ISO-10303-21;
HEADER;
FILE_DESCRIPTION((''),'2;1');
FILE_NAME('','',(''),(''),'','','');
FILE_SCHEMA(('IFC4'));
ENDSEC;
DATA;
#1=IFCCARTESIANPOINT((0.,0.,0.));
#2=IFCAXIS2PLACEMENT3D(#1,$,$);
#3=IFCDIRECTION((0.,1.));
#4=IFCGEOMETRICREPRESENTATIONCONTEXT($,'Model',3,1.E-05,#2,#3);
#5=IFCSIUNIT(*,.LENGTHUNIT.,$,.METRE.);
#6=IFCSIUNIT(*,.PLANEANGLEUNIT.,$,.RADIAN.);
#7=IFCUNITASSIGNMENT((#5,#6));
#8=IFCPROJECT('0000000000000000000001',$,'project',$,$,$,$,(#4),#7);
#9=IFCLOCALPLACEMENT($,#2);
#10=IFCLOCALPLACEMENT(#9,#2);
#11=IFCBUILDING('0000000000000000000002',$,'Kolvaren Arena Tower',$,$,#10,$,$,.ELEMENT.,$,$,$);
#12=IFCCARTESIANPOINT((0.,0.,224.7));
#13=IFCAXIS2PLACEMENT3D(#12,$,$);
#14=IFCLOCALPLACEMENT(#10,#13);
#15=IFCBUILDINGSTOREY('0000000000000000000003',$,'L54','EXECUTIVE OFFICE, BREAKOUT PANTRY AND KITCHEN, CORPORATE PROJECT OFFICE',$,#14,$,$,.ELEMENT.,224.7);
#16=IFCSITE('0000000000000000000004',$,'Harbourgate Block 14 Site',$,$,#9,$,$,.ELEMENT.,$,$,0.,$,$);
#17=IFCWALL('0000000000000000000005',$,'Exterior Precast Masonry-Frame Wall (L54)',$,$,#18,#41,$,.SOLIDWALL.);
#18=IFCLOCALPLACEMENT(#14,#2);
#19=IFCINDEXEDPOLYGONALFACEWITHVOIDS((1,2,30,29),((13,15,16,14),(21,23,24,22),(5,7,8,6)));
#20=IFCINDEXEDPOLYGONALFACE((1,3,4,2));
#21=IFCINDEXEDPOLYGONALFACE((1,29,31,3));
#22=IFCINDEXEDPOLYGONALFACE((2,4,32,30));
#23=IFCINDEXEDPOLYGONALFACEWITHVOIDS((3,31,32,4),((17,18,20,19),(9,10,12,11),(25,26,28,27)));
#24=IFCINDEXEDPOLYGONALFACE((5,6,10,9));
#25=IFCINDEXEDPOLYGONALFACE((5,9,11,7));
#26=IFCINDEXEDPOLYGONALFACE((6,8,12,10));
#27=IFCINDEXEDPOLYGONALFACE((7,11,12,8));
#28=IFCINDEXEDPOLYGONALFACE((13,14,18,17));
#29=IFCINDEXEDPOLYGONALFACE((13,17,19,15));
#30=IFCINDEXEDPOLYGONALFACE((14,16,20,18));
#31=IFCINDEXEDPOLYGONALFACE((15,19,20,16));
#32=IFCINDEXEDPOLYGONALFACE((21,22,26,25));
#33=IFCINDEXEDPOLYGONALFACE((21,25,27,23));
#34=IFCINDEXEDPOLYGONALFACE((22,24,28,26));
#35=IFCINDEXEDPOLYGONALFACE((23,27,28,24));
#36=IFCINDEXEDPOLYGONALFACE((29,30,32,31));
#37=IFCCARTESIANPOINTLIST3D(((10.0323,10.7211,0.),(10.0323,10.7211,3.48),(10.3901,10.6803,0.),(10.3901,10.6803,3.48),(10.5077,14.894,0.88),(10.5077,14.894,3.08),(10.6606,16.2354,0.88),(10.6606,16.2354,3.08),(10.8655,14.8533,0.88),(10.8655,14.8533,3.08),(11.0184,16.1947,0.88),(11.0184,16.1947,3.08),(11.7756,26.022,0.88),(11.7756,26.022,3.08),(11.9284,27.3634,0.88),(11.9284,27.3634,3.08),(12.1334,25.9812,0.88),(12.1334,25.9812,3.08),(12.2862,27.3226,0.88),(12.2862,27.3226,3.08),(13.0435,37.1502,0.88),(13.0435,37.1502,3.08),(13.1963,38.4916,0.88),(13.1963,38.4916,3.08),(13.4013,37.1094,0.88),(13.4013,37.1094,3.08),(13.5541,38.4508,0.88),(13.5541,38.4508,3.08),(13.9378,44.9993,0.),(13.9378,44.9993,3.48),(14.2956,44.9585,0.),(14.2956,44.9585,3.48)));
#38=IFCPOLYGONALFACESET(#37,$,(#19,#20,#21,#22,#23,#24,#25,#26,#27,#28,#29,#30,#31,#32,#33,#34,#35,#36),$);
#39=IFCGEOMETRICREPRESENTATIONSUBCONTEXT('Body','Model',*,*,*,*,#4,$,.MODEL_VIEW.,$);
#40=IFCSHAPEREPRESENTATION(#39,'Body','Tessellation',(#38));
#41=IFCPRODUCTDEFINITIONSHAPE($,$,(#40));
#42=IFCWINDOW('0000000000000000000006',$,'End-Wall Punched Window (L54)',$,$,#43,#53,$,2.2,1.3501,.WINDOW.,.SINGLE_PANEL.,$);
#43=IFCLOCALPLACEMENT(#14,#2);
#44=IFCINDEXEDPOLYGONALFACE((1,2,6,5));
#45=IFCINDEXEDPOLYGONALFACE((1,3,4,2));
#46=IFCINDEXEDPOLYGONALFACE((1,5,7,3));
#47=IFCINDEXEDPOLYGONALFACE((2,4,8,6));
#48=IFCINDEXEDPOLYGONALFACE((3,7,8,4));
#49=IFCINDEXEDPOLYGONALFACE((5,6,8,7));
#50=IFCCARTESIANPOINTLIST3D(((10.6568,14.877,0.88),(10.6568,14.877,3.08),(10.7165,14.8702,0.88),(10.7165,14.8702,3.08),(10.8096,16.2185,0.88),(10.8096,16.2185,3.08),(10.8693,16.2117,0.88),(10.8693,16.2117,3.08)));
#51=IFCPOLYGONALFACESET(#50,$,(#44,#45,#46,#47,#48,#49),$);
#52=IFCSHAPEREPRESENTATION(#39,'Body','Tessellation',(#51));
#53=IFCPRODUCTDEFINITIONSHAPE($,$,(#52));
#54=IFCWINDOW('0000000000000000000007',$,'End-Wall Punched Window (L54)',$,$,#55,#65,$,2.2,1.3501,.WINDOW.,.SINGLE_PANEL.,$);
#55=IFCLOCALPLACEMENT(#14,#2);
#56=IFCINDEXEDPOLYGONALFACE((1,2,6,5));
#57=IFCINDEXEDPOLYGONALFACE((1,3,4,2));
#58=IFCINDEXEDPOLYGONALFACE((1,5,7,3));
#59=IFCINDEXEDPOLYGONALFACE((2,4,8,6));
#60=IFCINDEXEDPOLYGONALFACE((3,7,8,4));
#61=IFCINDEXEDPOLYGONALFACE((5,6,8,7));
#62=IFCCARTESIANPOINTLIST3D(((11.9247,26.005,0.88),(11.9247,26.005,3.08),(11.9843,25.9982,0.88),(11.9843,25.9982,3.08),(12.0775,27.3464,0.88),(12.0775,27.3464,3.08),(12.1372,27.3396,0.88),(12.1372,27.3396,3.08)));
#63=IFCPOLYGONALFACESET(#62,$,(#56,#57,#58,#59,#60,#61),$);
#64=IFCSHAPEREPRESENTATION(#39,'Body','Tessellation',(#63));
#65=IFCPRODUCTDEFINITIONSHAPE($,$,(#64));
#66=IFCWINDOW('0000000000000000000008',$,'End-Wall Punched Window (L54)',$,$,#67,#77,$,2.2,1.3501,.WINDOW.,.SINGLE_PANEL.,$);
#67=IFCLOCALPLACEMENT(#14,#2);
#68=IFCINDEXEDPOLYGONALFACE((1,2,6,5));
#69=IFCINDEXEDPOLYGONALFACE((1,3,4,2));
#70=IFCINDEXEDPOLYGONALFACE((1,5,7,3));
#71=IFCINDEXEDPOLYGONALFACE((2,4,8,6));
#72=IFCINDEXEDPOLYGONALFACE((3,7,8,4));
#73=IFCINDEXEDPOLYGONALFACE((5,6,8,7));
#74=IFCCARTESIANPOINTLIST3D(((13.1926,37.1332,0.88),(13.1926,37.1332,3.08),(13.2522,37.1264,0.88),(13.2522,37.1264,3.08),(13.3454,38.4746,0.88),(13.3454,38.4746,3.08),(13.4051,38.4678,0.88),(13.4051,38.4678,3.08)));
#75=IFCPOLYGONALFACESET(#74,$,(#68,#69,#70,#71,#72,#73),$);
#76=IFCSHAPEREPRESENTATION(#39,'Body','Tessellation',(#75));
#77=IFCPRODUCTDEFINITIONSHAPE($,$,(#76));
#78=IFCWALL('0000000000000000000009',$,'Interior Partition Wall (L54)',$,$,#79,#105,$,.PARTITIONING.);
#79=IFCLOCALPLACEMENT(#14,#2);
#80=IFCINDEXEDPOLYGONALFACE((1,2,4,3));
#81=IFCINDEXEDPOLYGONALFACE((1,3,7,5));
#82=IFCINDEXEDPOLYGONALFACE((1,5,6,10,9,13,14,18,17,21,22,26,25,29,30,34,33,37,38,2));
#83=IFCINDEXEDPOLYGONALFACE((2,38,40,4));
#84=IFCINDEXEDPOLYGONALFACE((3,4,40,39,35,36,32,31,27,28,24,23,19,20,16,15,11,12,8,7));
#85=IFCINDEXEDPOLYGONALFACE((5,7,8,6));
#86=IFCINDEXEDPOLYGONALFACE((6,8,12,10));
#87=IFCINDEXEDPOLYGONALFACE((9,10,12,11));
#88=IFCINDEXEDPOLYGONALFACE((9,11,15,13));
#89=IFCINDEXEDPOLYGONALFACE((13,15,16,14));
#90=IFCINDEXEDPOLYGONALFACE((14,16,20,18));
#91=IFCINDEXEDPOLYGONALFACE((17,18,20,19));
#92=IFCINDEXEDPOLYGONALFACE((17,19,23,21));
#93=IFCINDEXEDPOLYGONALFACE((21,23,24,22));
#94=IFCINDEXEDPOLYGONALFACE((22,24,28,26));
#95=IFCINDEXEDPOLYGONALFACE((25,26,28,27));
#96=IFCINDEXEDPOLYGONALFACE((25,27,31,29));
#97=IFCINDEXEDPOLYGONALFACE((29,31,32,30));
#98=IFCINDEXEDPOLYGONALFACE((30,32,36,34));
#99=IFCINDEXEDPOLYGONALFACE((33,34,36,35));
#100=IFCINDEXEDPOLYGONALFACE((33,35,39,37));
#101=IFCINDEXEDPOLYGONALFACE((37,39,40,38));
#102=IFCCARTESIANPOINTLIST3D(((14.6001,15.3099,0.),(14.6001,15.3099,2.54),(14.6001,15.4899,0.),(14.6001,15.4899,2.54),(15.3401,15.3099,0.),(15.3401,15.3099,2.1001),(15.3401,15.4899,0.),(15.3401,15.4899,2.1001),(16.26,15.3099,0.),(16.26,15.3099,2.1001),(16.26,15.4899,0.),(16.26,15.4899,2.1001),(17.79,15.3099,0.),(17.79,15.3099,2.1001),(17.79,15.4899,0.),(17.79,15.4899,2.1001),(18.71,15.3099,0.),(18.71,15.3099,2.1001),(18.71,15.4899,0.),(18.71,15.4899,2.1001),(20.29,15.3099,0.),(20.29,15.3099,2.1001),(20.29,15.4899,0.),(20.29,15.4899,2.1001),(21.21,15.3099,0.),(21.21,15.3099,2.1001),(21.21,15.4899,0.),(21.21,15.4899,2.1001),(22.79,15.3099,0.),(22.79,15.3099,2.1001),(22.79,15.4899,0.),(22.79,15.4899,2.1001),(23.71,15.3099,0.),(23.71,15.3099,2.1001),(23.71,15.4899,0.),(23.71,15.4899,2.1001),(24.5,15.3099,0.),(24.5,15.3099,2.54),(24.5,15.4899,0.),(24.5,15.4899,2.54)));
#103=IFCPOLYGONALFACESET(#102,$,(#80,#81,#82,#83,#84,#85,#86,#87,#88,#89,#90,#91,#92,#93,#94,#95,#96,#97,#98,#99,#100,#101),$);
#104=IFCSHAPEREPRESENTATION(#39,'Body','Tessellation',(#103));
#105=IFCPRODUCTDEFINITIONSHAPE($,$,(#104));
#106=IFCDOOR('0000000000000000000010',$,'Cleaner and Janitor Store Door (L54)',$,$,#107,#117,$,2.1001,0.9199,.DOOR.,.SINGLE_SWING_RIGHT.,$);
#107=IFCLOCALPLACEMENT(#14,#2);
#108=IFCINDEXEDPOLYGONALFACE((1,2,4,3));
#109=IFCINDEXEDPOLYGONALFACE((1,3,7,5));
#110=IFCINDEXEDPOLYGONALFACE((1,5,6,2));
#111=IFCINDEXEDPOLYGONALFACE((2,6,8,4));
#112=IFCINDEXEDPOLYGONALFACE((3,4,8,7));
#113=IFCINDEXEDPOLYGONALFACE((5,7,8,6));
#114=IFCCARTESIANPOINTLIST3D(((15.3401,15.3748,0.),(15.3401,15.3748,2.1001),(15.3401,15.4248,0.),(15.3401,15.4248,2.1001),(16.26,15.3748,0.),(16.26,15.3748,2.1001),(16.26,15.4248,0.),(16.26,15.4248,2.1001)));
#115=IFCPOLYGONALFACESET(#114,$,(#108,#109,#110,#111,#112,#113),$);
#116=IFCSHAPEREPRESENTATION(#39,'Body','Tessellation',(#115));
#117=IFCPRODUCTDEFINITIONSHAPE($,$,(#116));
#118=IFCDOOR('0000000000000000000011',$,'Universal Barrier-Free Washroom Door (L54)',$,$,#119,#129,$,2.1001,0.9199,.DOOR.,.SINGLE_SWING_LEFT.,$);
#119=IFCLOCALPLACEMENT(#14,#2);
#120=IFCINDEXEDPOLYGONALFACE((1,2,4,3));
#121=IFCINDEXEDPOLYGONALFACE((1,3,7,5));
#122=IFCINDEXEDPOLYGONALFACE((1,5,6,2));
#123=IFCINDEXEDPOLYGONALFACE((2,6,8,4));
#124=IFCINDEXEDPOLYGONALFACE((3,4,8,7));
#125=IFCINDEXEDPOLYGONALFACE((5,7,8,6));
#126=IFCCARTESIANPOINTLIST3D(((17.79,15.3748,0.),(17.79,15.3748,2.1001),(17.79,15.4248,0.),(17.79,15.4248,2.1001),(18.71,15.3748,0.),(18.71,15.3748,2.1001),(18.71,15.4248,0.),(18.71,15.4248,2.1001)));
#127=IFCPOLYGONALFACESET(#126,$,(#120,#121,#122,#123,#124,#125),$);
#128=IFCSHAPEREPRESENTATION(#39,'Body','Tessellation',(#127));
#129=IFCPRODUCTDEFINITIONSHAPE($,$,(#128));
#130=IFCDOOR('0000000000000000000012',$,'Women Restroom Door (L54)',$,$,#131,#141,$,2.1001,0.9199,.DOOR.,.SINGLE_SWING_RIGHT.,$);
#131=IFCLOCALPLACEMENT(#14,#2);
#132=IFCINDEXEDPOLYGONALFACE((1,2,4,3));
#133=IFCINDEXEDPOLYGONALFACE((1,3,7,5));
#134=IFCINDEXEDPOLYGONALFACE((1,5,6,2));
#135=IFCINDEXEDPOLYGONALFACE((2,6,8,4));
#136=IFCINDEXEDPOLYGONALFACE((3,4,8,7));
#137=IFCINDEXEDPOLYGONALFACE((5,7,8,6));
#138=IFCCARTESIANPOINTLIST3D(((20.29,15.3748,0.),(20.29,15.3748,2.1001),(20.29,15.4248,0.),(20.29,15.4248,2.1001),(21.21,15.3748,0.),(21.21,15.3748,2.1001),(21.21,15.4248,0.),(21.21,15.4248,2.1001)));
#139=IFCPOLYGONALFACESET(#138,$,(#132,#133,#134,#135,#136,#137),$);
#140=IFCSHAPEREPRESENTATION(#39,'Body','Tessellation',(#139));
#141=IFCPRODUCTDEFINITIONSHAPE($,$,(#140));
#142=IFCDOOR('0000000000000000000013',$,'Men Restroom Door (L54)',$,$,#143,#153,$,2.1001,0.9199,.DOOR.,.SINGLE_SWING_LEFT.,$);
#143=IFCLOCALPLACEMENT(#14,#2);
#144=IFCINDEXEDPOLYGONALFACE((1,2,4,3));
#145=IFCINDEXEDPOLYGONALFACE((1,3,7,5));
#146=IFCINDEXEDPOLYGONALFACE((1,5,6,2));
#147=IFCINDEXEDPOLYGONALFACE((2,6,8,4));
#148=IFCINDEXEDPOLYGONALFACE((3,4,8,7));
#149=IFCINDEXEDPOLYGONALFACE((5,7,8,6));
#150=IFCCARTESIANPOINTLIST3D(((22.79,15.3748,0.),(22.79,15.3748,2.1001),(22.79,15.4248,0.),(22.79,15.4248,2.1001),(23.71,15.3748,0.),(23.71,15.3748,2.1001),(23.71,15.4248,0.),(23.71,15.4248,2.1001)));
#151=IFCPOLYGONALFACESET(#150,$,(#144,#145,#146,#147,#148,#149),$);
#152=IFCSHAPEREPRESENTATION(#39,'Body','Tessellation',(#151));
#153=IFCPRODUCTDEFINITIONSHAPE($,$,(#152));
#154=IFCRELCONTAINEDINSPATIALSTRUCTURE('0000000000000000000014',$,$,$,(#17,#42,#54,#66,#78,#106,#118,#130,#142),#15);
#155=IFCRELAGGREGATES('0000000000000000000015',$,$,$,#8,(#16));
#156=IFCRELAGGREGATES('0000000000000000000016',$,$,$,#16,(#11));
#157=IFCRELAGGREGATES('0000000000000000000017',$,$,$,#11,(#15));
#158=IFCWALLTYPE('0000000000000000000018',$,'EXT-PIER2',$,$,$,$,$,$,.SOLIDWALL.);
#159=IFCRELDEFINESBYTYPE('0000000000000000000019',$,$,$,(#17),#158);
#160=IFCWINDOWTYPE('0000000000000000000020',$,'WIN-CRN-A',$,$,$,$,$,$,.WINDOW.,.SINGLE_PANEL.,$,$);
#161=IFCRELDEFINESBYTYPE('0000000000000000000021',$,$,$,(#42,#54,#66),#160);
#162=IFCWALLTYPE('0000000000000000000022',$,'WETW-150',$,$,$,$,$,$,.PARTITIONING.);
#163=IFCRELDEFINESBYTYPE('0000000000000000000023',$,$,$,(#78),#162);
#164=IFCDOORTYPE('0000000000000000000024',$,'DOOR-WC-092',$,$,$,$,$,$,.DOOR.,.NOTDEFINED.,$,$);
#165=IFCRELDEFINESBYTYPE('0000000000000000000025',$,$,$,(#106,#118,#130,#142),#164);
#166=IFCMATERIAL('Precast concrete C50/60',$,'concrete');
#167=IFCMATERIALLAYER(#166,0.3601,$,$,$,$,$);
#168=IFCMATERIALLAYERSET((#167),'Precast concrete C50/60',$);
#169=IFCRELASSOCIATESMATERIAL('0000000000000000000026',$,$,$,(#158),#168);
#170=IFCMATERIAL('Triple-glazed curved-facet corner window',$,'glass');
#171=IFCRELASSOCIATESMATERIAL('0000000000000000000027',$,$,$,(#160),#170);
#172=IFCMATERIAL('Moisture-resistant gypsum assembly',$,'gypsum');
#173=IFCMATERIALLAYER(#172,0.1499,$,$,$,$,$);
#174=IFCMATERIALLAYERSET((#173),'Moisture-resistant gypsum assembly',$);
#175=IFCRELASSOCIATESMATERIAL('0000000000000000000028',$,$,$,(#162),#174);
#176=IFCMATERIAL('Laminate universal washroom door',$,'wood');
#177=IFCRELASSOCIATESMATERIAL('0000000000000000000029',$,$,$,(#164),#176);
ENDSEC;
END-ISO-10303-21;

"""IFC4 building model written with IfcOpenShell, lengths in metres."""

from ifc_helpers import new_model, si_unit, direction, frame, frame_2d, origin, place, context, subcontext, project, spatial, rectangle, extrude, material, layer, layer_set, type_object, element, fill, save


model = new_model("IFC4")

# Units and contexts
model_context = context("Model", 3, precision=1e-05, world=origin(), true_north=direction((0.0, 1.0)))
body_context = subcontext(model_context, "Body", "Model", "MODEL_VIEW")
ifc_project = project(units=[si_unit("LENGTHUNIT", "METRE"), si_unit("PLANEANGLEUNIT", "RADIAN")], contexts=[model_context])

# Site, building, storey
site_placement = place(None, origin())
site = spatial("IfcSite", under=ifc_project, at=site_placement, Name="Harbourgate Block 14 Site", CompositionType="ELEMENT", RefElevation=0.0)
building_placement = place(site_placement, origin())
building = spatial("IfcBuilding", under=site, at=building_placement, Name="Kolvaren Arena Tower", CompositionType="ELEMENT")
storey_placement = place(building_placement, frame((0.0, 0.0, 224.7)))
storey = spatial("IfcBuildingStorey", under=building, at=storey_placement, Name="L54", Description="EXECUTIVE OFFICE, BREAKOUT PANTRY AND KITCHEN, CORPORATE PROJECT OFFICE", CompositionType="ELEMENT", Elevation=224.7)

# Wall, openings, windows
ifc_material_1 = material(Name="Precast concrete C50/60", Category="concrete")
ifc_layer_1 = layer(ifc_material_1, 0.3601)
ifc_layer_set_1 = layer_set([ifc_layer_1], Name="Precast concrete C50/60")
wall_type_1 = type_object("IfcWallType", Name="EXT-PIER2", PredefinedType="SOLIDWALL", material=ifc_layer_set_1)
wall_1_placement = place(storey_placement, frame((10.2112, 10.7007, 0.0), z_axis=(0.0, 0.0, 1.0), x_axis=(0.113203, 0.993572, 0.0)))
wall_1 = element("IfcWall", 1, at=wall_1_placement, inside=storey, type_object=wall_type_1, Name="Exterior Precast Masonry-Frame Wall (L54)", PredefinedType="SOLIDWALL", context=body_context, shape_type="SweptSolid", body=[
    extrude(rectangle(XDim=34.5, YDim=0.3601, at=frame_2d((17.25, 0.0))), origin(), (0.0, 0.0, 1.0), 3.48),
])
opening_1_placement = place(wall_1_placement, frame((4.2, 0.0, 0.8799)))
opening_1 = element("IfcOpeningElement", 2, at=opening_1_placement, cuts=wall_1, PredefinedType="OPENING", context=body_context, shape_type="SweptSolid", body=[
    extrude(rectangle(XDim=1.3501, YDim=2.2, at=frame_2d((0.675, 1.1001))), frame((0.0, 0.1899, 0.0), z_axis=(0.0, -1.0, 0.0), x_axis=(1.0, 0.0, 0.0)), (0.0, 0.0, 1.0), 0.3801),
])
opening_2_placement = place(wall_1_placement, frame((15.3999, 0.0, 0.8799)))
opening_2 = element("IfcOpeningElement", 3, at=opening_2_placement, cuts=wall_1, PredefinedType="OPENING", context=body_context, shape_type="SweptSolid", body=[
    extrude(rectangle(XDim=1.3501, YDim=2.2, at=frame_2d((0.675, 1.1001))), frame((0.0, 0.1899, 0.0), z_axis=(0.0, -1.0, 0.0), x_axis=(1.0, 0.0, 0.0)), (0.0, 0.0, 1.0), 0.3801),
])
opening_3_placement = place(wall_1_placement, frame((26.6001, 0.0, 0.8799)))
opening_3 = element("IfcOpeningElement", 4, at=opening_3_placement, cuts=wall_1, PredefinedType="OPENING", context=body_context, shape_type="SweptSolid", body=[
    extrude(rectangle(XDim=1.3501, YDim=2.2, at=frame_2d((0.675, 1.1001))), frame((0.0, 0.1899, 0.0), z_axis=(0.0, -1.0, 0.0), x_axis=(1.0, 0.0, 0.0)), (0.0, 0.0, 1.0), 0.3801),
])
ifc_material_2 = material(Name="Triple-glazed curved-facet corner window", Category="glass")
window_type = type_object("IfcWindowType", Name="WIN-CRN-A", PartitioningType="SINGLE_PANEL", PredefinedType="WINDOW", material=ifc_material_2)
window_1_placement = place(opening_1_placement, origin())
window_1 = element("IfcWindow", 5, at=window_1_placement, inside=storey, type_object=window_type, Name="End-Wall Punched Window (L54)", OverallHeight=2.2, OverallWidth=1.3501, PartitioningType="SINGLE_PANEL", PredefinedType="WINDOW", context=body_context, shape_type="SweptSolid", body=[
    extrude(rectangle(XDim=1.3501, YDim=2.2, at=frame_2d((0.675, 1.1001))), frame((0.0, 0.03, 0.0), z_axis=(0.0, -1.0, 0.0), x_axis=(1.0, 0.0, 0.0)), (0.0, 0.0, 1.0), 0.0601),
])
fill(opening_1, window_1)
window_2_placement = place(opening_2_placement, origin())
window_2 = element("IfcWindow", 6, at=window_2_placement, inside=storey, type_object=window_type, Name="End-Wall Punched Window (L54)", OverallHeight=2.2, OverallWidth=1.3501, PartitioningType="SINGLE_PANEL", PredefinedType="WINDOW", context=body_context, shape_type="SweptSolid", body=[
    extrude(rectangle(XDim=1.3501, YDim=2.2, at=frame_2d((0.675, 1.1001))), frame((0.0, 0.03, 0.0), z_axis=(0.0, -1.0, 0.0), x_axis=(1.0, 0.0, 0.0)), (0.0, 0.0, 1.0), 0.0601),
])
fill(opening_2, window_2)
window_3_placement = place(opening_3_placement, origin())
window_3 = element("IfcWindow", 7, at=window_3_placement, inside=storey, type_object=window_type, Name="End-Wall Punched Window (L54)", OverallHeight=2.2, OverallWidth=1.3501, PartitioningType="SINGLE_PANEL", PredefinedType="WINDOW", context=body_context, shape_type="SweptSolid", body=[
    extrude(rectangle(XDim=1.3501, YDim=2.2, at=frame_2d((0.675, 1.1001))), frame((0.0, 0.03, 0.0), z_axis=(0.0, -1.0, 0.0), x_axis=(1.0, 0.0, 0.0)), (0.0, 0.0, 1.0), 0.0601),
])
fill(opening_3, window_3)

# Wall, openings, doors
ifc_material_3 = material(Name="Moisture-resistant gypsum assembly", Category="gypsum")
ifc_layer_2 = layer(ifc_material_3, 0.1499)
ifc_layer_set_2 = layer_set([ifc_layer_2], Name="Moisture-resistant gypsum assembly")
wall_type_2 = type_object("IfcWallType", Name="WETW-150", PredefinedType="PARTITIONING", material=ifc_layer_set_2)
wall_2_placement = place(storey_placement, frame((14.6001, 15.3999, 0.0), z_axis=(0.0, 0.0, 1.0), x_axis=(1.0, 0.0, 0.0)))
wall_2 = element("IfcWall", 8, at=wall_2_placement, inside=storey, type_object=wall_type_2, Name="Interior Partition Wall (L54)", PredefinedType="PARTITIONING", context=body_context, shape_type="SweptSolid", body=[
    extrude(rectangle(XDim=9.8999, YDim=0.1799, at=frame_2d((4.95, 0.0))), origin(), (0.0, 0.0, 1.0), 2.54),
])
opening_4_placement = place(wall_2_placement, frame((0.74, 0.0, 0.0)))
opening_4 = element("IfcOpeningElement", 9, at=opening_4_placement, cuts=wall_2, PredefinedType="OPENING", context=body_context, shape_type="SweptSolid", body=[
    extrude(rectangle(XDim=0.9199, YDim=2.1001, at=frame_2d((0.46, 1.05))), frame((0.0, 0.0999, 0.0), z_axis=(0.0, -1.0, 0.0), x_axis=(1.0, 0.0, 0.0)), (0.0, 0.0, 1.0), 0.2),
])
opening_5_placement = place(wall_2_placement, frame((3.1899, 0.0, 0.0)))
opening_5 = element("IfcOpeningElement", 10, at=opening_5_placement, cuts=wall_2, PredefinedType="OPENING", context=body_context, shape_type="SweptSolid", body=[
    extrude(rectangle(XDim=0.9199, YDim=2.1001, at=frame_2d((0.46, 1.05))), frame((0.0, 0.0999, 0.0), z_axis=(0.0, -1.0, 0.0), x_axis=(1.0, 0.0, 0.0)), (0.0, 0.0, 1.0), 0.2),
])
opening_6_placement = place(wall_2_placement, frame((5.6899, 0.0, 0.0)))
opening_6 = element("IfcOpeningElement", 11, at=opening_6_placement, cuts=wall_2, PredefinedType="OPENING", context=body_context, shape_type="SweptSolid", body=[
    extrude(rectangle(XDim=0.9199, YDim=2.1001, at=frame_2d((0.46, 1.05))), frame((0.0, 0.0999, 0.0), z_axis=(0.0, -1.0, 0.0), x_axis=(1.0, 0.0, 0.0)), (0.0, 0.0, 1.0), 0.2),
])
opening_7_placement = place(wall_2_placement, frame((8.1899, 0.0, 0.0)))
opening_7 = element("IfcOpeningElement", 12, at=opening_7_placement, cuts=wall_2, PredefinedType="OPENING", context=body_context, shape_type="SweptSolid", body=[
    extrude(rectangle(XDim=0.9199, YDim=2.1001, at=frame_2d((0.46, 1.05))), frame((0.0, 0.0999, 0.0), z_axis=(0.0, -1.0, 0.0), x_axis=(1.0, 0.0, 0.0)), (0.0, 0.0, 1.0), 0.2),
])
ifc_material_4 = material(Name="Laminate universal washroom door", Category="wood")
door_type_1 = type_object("IfcDoorType", Name="DOOR-WC-092", OperationType="NOTDEFINED", PredefinedType="DOOR", material=ifc_material_4)
door_1_placement = place(opening_4_placement, origin())
door_1 = element("IfcDoor", 13, at=door_1_placement, inside=storey, type_object=door_type_1, Name="Cleaner and Janitor Store Door (L54)", OperationType="SINGLE_SWING_RIGHT", OverallHeight=2.1001, OverallWidth=0.9199, PredefinedType="DOOR", context=body_context, shape_type="SweptSolid", body=[
    extrude(rectangle(XDim=0.9199, YDim=2.1001, at=frame_2d((0.46, 1.05))), frame((0.0, 0.0249, 0.0), z_axis=(0.0, -1.0, 0.0), x_axis=(1.0, 0.0, 0.0)), (0.0, 0.0, 1.0), 0.05),
])
fill(opening_4, door_1)
door_2_placement = place(opening_5_placement, origin())
door_2 = element("IfcDoor", 14, at=door_2_placement, inside=storey, type_object=door_type_1, Name="Universal Barrier-Free Washroom Door (L54)", OperationType="SINGLE_SWING_LEFT", OverallHeight=2.1001, OverallWidth=0.9199, PredefinedType="DOOR", context=body_context, shape_type="SweptSolid", body=[
    extrude(rectangle(XDim=0.9199, YDim=2.1001, at=frame_2d((0.46, 1.05))), frame((0.0, 0.0249, 0.0), z_axis=(0.0, -1.0, 0.0), x_axis=(1.0, 0.0, 0.0)), (0.0, 0.0, 1.0), 0.05),
])
fill(opening_5, door_2)
door_3_placement = place(opening_6_placement, origin())
door_3 = element("IfcDoor", 15, at=door_3_placement, inside=storey, type_object=door_type_1, Name="Women Restroom Door (L54)", OperationType="SINGLE_SWING_RIGHT", OverallHeight=2.1001, OverallWidth=0.9199, PredefinedType="DOOR", context=body_context, shape_type="SweptSolid", body=[
    extrude(rectangle(XDim=0.9199, YDim=2.1001, at=frame_2d((0.46, 1.05))), frame((0.0, 0.0249, 0.0), z_axis=(0.0, -1.0, 0.0), x_axis=(1.0, 0.0, 0.0)), (0.0, 0.0, 1.0), 0.05),
])
fill(opening_6, door_3)
door_4_placement = place(opening_7_placement, origin())
door_4 = element("IfcDoor", 16, at=door_4_placement, inside=storey, type_object=door_type_1, Name="Men Restroom Door (L54)", OperationType="SINGLE_SWING_LEFT", OverallHeight=2.1001, OverallWidth=0.9199, PredefinedType="DOOR", context=body_context, shape_type="SweptSolid", body=[
    extrude(rectangle(XDim=0.9199, YDim=2.1001, at=frame_2d((0.46, 1.05))), frame((0.0, 0.0249, 0.0), z_axis=(0.0, -1.0, 0.0), x_axis=(1.0, 0.0, 0.0)), (0.0, 0.0, 1.0), 0.05),
])
fill(opening_7, door_4)

save(model, "model.ifc")
